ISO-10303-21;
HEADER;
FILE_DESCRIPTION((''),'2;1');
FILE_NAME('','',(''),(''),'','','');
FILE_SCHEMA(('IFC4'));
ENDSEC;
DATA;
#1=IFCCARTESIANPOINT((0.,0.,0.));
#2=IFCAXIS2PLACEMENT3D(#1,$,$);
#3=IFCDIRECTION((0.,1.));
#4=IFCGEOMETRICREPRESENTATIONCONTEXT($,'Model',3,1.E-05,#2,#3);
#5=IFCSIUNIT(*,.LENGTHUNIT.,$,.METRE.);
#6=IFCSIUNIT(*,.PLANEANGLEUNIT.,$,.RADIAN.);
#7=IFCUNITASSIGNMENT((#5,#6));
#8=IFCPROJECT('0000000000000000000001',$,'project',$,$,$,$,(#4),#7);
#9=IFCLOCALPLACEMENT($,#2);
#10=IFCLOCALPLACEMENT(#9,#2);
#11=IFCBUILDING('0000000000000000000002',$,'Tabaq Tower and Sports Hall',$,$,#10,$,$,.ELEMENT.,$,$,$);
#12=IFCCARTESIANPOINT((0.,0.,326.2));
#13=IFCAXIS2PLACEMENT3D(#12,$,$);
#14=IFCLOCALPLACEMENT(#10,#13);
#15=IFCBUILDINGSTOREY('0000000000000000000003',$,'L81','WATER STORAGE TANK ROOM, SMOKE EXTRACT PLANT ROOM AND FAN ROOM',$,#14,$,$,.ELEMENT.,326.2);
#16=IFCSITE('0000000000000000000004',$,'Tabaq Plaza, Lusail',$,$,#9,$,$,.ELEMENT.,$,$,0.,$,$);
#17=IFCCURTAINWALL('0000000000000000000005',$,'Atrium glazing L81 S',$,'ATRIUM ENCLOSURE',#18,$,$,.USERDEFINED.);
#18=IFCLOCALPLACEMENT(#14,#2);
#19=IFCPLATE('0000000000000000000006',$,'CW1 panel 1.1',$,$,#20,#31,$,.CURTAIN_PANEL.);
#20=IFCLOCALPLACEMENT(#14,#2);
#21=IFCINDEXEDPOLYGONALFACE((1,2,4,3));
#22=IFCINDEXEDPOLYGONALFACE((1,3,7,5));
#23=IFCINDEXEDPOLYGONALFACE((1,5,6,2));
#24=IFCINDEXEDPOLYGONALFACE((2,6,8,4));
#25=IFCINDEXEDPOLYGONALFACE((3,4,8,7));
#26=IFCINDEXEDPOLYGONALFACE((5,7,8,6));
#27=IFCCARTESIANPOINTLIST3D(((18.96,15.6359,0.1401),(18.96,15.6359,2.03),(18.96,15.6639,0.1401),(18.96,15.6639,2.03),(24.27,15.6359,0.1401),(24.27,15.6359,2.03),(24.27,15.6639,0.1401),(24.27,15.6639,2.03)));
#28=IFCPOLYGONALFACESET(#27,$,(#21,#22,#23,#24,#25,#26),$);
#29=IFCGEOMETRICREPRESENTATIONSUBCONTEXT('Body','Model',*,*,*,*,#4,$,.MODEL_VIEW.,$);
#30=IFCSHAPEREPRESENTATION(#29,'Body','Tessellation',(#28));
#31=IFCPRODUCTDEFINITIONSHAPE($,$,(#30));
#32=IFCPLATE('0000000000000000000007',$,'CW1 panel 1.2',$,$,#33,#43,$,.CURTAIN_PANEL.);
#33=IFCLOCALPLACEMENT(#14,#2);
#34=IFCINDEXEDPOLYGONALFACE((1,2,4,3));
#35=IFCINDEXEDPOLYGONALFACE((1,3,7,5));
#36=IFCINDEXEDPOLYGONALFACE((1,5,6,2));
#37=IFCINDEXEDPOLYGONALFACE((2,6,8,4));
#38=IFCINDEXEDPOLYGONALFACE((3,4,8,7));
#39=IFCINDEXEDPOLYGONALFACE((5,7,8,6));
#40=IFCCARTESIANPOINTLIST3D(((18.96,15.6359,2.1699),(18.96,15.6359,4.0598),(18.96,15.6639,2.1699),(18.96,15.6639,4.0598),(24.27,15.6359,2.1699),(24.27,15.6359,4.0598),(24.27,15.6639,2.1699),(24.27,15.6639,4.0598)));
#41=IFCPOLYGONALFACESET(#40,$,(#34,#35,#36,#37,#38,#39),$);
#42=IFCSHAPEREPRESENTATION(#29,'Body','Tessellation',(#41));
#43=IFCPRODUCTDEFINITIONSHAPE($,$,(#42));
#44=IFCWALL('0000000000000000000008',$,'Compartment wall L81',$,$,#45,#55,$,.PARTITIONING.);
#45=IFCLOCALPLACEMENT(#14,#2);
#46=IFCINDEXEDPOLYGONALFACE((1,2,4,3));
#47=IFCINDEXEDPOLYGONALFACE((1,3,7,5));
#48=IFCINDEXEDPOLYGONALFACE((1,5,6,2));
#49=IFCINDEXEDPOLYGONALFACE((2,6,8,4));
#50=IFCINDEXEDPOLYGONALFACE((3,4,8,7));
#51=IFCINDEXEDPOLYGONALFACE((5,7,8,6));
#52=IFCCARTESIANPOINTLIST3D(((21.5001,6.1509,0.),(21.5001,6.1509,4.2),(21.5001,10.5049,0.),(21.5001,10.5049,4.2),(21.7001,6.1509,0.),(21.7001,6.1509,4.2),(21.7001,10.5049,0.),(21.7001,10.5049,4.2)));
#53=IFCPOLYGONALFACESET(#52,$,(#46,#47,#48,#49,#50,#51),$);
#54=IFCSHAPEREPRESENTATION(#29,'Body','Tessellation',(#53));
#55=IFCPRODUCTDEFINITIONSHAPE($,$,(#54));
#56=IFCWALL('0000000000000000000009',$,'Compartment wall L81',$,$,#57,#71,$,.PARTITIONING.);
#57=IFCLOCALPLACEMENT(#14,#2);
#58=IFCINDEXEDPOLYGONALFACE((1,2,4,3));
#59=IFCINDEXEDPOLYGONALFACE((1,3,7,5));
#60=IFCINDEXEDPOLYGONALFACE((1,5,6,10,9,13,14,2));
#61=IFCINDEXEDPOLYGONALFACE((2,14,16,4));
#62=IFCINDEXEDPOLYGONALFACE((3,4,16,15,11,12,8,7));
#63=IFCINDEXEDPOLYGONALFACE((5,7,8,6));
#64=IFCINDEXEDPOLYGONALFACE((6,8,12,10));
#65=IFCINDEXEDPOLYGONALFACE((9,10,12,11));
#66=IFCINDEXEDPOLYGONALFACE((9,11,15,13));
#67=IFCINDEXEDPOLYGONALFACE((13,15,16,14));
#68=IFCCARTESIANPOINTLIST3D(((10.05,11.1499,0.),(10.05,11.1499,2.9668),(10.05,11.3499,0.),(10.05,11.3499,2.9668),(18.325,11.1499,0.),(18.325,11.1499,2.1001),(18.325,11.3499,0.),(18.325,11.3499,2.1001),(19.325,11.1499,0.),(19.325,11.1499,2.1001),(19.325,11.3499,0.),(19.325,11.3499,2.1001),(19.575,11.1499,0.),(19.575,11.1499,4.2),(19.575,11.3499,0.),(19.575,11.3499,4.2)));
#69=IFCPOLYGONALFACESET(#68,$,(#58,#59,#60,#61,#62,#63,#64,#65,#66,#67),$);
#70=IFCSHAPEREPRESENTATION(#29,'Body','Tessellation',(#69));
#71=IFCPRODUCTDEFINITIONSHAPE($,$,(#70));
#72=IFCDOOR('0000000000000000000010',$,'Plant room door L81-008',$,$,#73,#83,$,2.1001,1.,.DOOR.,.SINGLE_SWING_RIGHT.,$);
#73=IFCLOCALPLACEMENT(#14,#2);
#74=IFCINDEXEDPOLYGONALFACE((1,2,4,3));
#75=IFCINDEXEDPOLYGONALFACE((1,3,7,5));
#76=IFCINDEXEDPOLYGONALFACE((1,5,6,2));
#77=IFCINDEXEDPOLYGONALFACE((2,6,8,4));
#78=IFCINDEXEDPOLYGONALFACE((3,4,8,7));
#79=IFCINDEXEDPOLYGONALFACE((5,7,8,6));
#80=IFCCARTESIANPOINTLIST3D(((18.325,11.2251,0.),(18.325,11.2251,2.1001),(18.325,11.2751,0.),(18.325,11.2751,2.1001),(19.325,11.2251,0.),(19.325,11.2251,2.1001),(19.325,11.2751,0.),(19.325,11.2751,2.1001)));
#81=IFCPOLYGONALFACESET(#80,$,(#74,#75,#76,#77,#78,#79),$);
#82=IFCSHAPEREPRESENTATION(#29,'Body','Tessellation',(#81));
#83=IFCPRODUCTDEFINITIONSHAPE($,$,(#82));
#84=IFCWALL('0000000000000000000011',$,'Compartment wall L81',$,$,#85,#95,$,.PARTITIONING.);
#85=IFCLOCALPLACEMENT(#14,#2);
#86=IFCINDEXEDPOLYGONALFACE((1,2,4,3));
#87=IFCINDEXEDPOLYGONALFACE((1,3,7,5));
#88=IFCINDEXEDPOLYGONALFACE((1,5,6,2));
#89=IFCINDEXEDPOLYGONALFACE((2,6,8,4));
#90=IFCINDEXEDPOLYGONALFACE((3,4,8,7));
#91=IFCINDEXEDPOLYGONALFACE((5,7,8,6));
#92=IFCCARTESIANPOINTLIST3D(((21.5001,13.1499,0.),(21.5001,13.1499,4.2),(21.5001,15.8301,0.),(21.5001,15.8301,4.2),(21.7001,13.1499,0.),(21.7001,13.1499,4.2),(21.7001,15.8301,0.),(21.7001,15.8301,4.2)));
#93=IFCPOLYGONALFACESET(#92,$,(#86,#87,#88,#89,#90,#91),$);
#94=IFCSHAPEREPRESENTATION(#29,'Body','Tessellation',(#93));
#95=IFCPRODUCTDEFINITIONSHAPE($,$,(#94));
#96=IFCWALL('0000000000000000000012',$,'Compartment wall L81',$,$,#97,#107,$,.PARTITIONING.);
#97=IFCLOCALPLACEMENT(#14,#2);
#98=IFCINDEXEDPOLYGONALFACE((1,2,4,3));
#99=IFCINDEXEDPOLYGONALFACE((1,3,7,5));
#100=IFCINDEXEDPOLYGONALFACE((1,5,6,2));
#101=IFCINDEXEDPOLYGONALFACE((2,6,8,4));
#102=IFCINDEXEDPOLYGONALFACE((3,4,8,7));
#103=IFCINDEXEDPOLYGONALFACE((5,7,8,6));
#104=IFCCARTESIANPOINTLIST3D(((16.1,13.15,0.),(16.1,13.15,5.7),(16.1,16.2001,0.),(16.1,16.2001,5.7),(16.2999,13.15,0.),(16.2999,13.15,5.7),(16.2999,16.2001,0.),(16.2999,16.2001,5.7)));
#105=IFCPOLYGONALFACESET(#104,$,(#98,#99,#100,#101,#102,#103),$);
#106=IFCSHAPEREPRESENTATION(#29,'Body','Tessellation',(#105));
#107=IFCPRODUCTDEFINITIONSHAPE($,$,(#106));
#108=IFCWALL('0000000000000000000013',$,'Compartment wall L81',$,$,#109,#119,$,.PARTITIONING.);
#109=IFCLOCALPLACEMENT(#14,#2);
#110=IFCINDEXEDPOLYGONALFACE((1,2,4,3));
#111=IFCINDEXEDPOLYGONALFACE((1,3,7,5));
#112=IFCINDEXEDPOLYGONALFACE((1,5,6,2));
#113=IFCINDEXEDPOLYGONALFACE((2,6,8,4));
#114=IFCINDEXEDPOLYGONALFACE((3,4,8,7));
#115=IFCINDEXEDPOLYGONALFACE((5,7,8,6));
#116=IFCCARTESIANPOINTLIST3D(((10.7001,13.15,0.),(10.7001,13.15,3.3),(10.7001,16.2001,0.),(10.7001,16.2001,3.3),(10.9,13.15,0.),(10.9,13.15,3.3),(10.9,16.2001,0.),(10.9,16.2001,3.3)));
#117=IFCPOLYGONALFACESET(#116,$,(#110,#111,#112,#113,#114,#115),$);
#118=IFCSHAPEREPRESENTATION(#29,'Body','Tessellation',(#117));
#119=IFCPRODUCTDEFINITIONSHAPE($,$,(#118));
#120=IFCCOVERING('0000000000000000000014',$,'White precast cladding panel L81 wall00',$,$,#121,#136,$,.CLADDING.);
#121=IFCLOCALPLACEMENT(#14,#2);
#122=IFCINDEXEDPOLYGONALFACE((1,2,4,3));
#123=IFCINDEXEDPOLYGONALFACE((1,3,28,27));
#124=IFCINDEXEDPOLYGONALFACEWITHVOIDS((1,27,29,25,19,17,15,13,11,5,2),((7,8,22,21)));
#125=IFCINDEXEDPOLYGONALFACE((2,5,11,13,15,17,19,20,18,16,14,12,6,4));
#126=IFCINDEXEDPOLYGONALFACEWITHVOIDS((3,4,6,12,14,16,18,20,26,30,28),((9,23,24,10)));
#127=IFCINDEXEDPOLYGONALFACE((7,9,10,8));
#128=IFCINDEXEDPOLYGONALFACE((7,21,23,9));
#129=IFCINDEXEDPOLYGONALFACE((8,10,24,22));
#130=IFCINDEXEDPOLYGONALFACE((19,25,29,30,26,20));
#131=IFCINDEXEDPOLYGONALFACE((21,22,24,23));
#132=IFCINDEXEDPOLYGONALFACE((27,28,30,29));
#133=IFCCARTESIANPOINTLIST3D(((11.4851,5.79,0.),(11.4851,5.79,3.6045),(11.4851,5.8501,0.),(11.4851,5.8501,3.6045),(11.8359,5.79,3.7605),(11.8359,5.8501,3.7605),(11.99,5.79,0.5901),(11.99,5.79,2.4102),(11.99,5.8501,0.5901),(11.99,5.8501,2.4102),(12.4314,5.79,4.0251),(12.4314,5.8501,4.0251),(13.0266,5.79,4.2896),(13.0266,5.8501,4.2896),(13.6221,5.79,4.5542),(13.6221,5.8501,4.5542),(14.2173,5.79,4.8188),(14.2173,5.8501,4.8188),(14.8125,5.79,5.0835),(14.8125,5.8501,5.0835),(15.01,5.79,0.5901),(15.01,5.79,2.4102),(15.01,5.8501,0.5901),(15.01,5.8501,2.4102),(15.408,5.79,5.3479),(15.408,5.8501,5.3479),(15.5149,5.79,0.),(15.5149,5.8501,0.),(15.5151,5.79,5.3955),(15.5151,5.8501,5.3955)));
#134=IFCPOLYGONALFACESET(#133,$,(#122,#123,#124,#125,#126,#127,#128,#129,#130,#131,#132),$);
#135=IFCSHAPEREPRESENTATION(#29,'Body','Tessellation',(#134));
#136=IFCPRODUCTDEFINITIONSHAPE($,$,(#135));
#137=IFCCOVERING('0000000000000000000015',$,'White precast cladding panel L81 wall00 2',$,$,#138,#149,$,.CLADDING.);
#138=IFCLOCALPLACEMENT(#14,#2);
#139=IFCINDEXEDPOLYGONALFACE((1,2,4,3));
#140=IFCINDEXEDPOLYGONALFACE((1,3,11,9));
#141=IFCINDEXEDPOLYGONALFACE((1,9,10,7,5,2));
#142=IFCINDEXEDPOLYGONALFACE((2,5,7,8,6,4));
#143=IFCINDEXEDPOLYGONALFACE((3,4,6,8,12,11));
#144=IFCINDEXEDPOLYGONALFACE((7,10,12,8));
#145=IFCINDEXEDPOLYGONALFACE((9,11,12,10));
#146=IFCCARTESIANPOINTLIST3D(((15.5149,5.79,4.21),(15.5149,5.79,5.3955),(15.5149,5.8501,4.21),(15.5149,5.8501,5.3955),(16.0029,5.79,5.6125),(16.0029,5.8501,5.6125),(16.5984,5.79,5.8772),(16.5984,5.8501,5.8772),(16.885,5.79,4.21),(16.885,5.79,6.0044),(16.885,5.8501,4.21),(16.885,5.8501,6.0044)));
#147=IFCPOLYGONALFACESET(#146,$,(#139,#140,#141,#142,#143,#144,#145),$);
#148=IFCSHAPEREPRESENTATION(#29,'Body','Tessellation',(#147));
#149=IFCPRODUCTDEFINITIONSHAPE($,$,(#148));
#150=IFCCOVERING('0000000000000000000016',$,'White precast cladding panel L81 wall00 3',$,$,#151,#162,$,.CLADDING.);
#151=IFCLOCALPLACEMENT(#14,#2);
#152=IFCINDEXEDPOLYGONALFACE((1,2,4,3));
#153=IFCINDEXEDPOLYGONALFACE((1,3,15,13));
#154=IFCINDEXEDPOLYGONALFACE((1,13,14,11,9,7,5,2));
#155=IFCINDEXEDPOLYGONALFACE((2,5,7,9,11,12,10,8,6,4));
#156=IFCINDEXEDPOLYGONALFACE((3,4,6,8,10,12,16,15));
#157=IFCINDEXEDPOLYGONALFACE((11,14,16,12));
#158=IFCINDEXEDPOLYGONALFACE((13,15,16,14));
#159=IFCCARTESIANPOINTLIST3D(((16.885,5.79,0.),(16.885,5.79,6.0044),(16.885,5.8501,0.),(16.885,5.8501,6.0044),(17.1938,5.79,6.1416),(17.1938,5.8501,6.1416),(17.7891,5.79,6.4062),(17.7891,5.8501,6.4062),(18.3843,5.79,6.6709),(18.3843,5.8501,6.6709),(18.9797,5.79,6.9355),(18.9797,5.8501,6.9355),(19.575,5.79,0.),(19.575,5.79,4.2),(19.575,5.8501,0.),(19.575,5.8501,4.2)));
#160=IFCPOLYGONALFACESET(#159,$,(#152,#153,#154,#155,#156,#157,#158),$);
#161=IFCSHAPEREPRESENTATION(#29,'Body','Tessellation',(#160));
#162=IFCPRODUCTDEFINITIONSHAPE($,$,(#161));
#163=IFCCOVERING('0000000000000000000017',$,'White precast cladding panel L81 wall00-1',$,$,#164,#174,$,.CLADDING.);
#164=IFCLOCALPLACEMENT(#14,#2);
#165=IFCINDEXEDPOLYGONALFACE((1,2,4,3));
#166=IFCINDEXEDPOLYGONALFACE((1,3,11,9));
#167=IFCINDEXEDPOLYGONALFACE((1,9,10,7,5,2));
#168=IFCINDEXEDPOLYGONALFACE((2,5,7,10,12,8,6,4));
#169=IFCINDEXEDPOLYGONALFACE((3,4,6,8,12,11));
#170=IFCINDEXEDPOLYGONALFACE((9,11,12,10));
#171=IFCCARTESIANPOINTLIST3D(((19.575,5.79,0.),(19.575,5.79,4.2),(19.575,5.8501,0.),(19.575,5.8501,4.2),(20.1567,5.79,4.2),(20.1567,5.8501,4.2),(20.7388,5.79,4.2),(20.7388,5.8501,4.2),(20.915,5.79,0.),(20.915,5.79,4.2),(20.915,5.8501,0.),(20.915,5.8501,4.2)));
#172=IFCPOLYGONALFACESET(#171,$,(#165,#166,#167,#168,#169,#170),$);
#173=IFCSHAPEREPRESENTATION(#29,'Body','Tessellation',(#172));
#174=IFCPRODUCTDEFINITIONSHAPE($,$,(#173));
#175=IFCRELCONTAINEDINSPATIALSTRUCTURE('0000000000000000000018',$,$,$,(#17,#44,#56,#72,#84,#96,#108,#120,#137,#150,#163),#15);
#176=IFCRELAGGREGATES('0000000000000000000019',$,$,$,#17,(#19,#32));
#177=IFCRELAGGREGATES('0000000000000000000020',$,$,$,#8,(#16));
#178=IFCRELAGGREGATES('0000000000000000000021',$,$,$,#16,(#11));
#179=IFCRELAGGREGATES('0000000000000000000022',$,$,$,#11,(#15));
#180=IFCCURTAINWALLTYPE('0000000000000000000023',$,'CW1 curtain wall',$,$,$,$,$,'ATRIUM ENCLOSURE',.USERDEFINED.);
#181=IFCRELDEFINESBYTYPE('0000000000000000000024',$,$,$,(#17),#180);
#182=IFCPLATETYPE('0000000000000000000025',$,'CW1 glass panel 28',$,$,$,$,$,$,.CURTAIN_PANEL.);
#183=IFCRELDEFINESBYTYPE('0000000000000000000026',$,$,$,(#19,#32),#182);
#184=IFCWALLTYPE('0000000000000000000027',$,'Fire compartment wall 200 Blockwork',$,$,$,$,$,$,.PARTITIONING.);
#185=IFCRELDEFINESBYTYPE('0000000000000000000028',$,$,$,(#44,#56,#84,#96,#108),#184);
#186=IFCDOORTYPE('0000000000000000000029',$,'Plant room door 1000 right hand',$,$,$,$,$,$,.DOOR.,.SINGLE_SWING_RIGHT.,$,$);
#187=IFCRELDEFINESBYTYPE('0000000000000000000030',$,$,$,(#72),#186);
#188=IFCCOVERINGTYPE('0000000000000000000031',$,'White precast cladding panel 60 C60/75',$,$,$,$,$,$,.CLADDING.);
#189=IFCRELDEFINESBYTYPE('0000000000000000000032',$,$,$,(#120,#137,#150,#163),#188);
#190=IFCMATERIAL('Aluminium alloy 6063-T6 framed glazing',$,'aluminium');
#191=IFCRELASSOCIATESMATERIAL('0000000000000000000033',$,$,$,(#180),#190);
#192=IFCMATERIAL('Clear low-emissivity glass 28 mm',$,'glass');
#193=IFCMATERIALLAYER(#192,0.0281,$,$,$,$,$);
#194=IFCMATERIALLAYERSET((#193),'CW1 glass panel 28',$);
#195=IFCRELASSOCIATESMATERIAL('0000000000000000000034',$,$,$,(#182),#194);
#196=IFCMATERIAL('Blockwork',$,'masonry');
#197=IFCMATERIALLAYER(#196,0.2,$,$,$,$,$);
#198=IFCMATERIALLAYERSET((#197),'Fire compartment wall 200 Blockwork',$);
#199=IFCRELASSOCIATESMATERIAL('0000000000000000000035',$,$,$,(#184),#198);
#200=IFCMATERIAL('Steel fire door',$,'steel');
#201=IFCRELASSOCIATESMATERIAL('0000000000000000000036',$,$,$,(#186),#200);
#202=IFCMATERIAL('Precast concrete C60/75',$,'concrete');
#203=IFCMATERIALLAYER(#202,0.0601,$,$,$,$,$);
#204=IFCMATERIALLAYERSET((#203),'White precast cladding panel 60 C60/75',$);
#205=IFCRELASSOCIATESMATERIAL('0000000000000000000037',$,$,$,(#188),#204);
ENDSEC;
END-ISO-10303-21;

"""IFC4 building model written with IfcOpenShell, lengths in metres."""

from ifc_helpers import new_model, si_unit, direction, frame, frame_2d, origin, origin_2d, place, context, subcontext, project, spatial, polyline, rectangle, outline, extrude, material, layer, layer_set, type_object, element, fill, aggregate, save


model = new_model("IFC4")

# Units and contexts
model_context = context("Model", 3, precision=1e-05, world=origin(), true_north=direction((0.0, 1.0)))
body_context = subcontext(model_context, "Body", "Model", "MODEL_VIEW")
ifc_project = project(units=[si_unit("LENGTHUNIT", "METRE"), si_unit("PLANEANGLEUNIT", "RADIAN")], contexts=[model_context])

# Site, building, storey
site_placement = place(None, origin())
site = spatial("IfcSite", under=ifc_project, at=site_placement, Name="Tabaq Plaza, Lusail", CompositionType="ELEMENT", RefElevation=0.0)
building_placement = place(site_placement, origin())
building = spatial("IfcBuilding", under=site, at=building_placement, Name="Tabaq Tower and Sports Hall", CompositionType="ELEMENT")
storey_placement = place(building_placement, frame((0.0, 0.0, 326.2)))
storey = spatial("IfcBuildingStorey", under=building, at=storey_placement, Name="L81", Description="WATER STORAGE TANK ROOM, SMOKE EXTRACT PLANT ROOM AND FAN ROOM", CompositionType="ELEMENT", Elevation=326.2)

# Curtain wall
ifc_material_1 = material(Name="Aluminium alloy 6063-T6 framed glazing", Category="aluminium")
curtain_wall_type_1 = type_object("IfcCurtainWallType", Name="CW1 curtain wall", ElementType="ATRIUM ENCLOSURE", PredefinedType="USERDEFINED", material=ifc_material_1)
curtain_wall_1_placement = place(storey_placement, origin())
curtain_wall_1 = element("IfcCurtainWall", 1, at=curtain_wall_1_placement, inside=storey, type_object=curtain_wall_type_1, Name="Atrium glazing L81 S", ObjectType="ATRIUM ENCLOSURE", PredefinedType="USERDEFINED")

# Plates
ifc_material_2 = material(Name="Clear low-emissivity glass 28 mm", Category="glass")
ifc_layer_1 = layer(ifc_material_2, 0.0281)
ifc_layer_set_1 = layer_set([ifc_layer_1], Name="CW1 glass panel 28")
plate_type = type_object("IfcPlateType", Name="CW1 glass panel 28", PredefinedType="CURTAIN_PANEL", material=ifc_layer_set_1)
plate_1_placement = place(storey_placement, frame((21.615, 15.6499, 0.1401), z_axis=(0.0, 0.0, 1.0), x_axis=(1.0, 0.0, 0.0)))
plate_1 = element("IfcPlate", 2, at=plate_1_placement, type_object=plate_type, Name="CW1 panel 1.1", PredefinedType="CURTAIN_PANEL", context=body_context, shape_type="SweptSolid", body=[
    extrude(rectangle(XDim=5.3101, YDim=0.0281, at=origin_2d()), origin(), (0.0, 0.0, 1.0), 1.8899),
])
plate_2_placement = place(storey_placement, frame((21.615, 15.6499, 2.1699), z_axis=(0.0, 0.0, 1.0), x_axis=(1.0, 0.0, 0.0)))
plate_2 = element("IfcPlate", 3, at=plate_2_placement, type_object=plate_type, Name="CW1 panel 1.2", PredefinedType="CURTAIN_PANEL", context=body_context, shape_type="SweptSolid", body=[
    extrude(rectangle(XDim=5.3101, YDim=0.0281, at=origin_2d()), origin(), (0.0, 0.0, 1.0), 1.8899),
])
aggregate(curtain_wall_1, [plate_1, plate_2])

# Wall
ifc_material_3 = material(Name="Blockwork", Category="masonry")
ifc_layer_2 = layer(ifc_material_3, 0.2)
ifc_layer_set_2 = layer_set([ifc_layer_2], Name="Fire compartment wall 200 Blockwork")
wall_type_1 = type_object("IfcWallType", Name="Fire compartment wall 200 Blockwork", PredefinedType="PARTITIONING", material=ifc_layer_set_2)
wall_1_placement = place(storey_placement, frame((21.6001, 10.5049, 0.0), z_axis=(0.0, 0.0, 1.0), x_axis=(0.0, -1.0, 0.0)))
element("IfcWall", 4, at=wall_1_placement, inside=storey, type_object=wall_type_1, Name="Compartment wall L81", PredefinedType="PARTITIONING", context=body_context, shape_type="SweptSolid", body=[
    extrude(rectangle(XDim=4.354, YDim=0.2, at=frame_2d((2.177, 0.0))), origin(), (0.0, 0.0, 1.0), 4.2),
])

# Wall, opening, door
wall_2_placement = place(storey_placement, frame((19.575, 11.25, 0.0), z_axis=(0.0, 0.0, 1.0), x_axis=(-1.0, 0.0, 0.0)))
wall_2 = element("IfcWall", 5, at=wall_2_placement, inside=storey, type_object=wall_type_1, Name="Compartment wall L81", PredefinedType="PARTITIONING", context=body_context, shape_type="SweptSolid", body=[
    extrude(outline(polyline([(0.0, 0.0), (9.5249, 0.0), (9.5249, 2.9668), (0.0, 4.2), (0.0, 0.0)])), frame((0.0, 0.1001, 0.0), z_axis=(0.0, -1.0, 0.0), x_axis=(1.0, 0.0, 0.0)), (0.0, 0.0, 1.0), 0.2),
])
opening_1_placement = place(wall_2_placement, frame((0.25, 0.0, 0.0)))
opening_1 = element("IfcOpeningElement", 6, at=opening_1_placement, cuts=wall_2, PredefinedType="OPENING", context=body_context, shape_type="SweptSolid", body=[
    extrude(rectangle(XDim=1.0, YDim=2.1001, at=frame_2d((0.5, 1.05))), frame((0.0, 0.1001, 0.0), z_axis=(0.0, -1.0, 0.0), x_axis=(1.0, 0.0, 0.0)), (0.0, 0.0, 1.0), 0.2),
])
ifc_material_4 = material(Name="Steel fire door", Category="steel")
door_type_1 = type_object("IfcDoorType", Name="Plant room door 1000 right hand", OperationType="SINGLE_SWING_RIGHT", PredefinedType="DOOR", material=ifc_material_4)
door_1_placement = place(opening_1_placement, origin())
door_1 = element("IfcDoor", 7, at=door_1_placement, inside=storey, type_object=door_type_1, Name="Plant room door L81-008", OperationType="SINGLE_SWING_RIGHT", OverallHeight=2.1001, OverallWidth=1.0, PredefinedType="DOOR", context=body_context, shape_type="SweptSolid", body=[
    extrude(rectangle(XDim=1.0, YDim=2.1001, at=frame_2d((0.5, 1.05))), frame((0.0, 0.0249, 0.0), z_axis=(0.0, -1.0, 0.0), x_axis=(1.0, 0.0, 0.0)), (0.0, 0.0, 1.0), 0.05),
])
fill(opening_1, door_1)

# Walls
wall_3_placement = place(storey_placement, frame((21.6001, 15.8301, 0.0), z_axis=(0.0, 0.0, 1.0), x_axis=(0.0, -1.0, 0.0)))
element("IfcWall", 8, at=wall_3_placement, inside=storey, type_object=wall_type_1, Name="Compartment wall L81", PredefinedType="PARTITIONING", context=body_context, shape_type="SweptSolid", body=[
    extrude(rectangle(XDim=2.6802, YDim=0.2, at=frame_2d((1.3401, 0.0))), origin(), (0.0, 0.0, 1.0), 4.2),
])
wall_4_placement = place(storey_placement, frame((16.2, 16.2, 0.0), z_axis=(0.0, 0.0, 1.0), x_axis=(0.0, -1.0, 0.0)))
element("IfcWall", 9, at=wall_4_placement, inside=storey, type_object=wall_type_1, Name="Compartment wall L81", PredefinedType="PARTITIONING", context=body_context, shape_type="SweptSolid", body=[
    extrude(rectangle(XDim=3.05, YDim=0.2, at=frame_2d((1.5249, 0.0))), origin(), (0.0, 0.0, 1.0), 5.7),
])
wall_5_placement = place(storey_placement, frame((10.8, 16.2, 0.0), z_axis=(0.0, 0.0, 1.0), x_axis=(0.0, -1.0, 0.0)))
element("IfcWall", 10, at=wall_5_placement, inside=storey, type_object=wall_type_1, Name="Compartment wall L81", PredefinedType="PARTITIONING", context=body_context, shape_type="SweptSolid", body=[
    extrude(rectangle(XDim=3.05, YDim=0.2, at=frame_2d((1.5249, 0.0))), origin(), (0.0, 0.0, 1.0), 3.3),
])

# Coverings
ifc_material_5 = material(Name="Precast concrete C60/75", Category="concrete")
ifc_layer_3 = layer(ifc_material_5, 0.0601)
ifc_layer_set_3 = layer_set([ifc_layer_3], Name="White precast cladding panel 60 C60/75")
covering_type = type_object("IfcCoveringType", Name="White precast cladding panel 60 C60/75", PredefinedType="CLADDING", material=ifc_layer_set_3)
covering_1_placement = place(storey_placement, frame((11.4851, 5.8201, 0.0), z_axis=(0.0, 0.0, 1.0), x_axis=(1.0, 0.0, 0.0)))
element("IfcCovering", 11, at=covering_1_placement, inside=storey, type_object=covering_type, Name="White precast cladding panel L81 wall00", PredefinedType="CLADDING", context=body_context, shape_type="SweptSolid", body=[
    extrude(outline(polyline([(0.0, 0.0), (4.0298, 0.0), (4.03, 5.3955), (3.9229, 5.3479), (3.3274, 5.0835), (2.7322, 4.8188), (2.137, 4.5542), (1.5415, 4.2896), (0.9463, 4.0251), (0.3508, 3.7605), (0.0, 3.6045), (0.0, 0.0)]), holes=[polyline([(0.5049, 0.5901), (0.5049, 2.4102), (3.5249, 2.4102), (3.5249, 0.5901), (0.5049, 0.5901)])]), frame((0.0, 0.03, 0.0), z_axis=(0.0, -1.0, 0.0), x_axis=(1.0, 0.0, 0.0)), (0.0, 0.0, 1.0), 0.0601),
])
covering_2_placement = place(storey_placement, frame((15.5149, 5.8201, 4.21), z_axis=(0.0, 0.0, 1.0), x_axis=(1.0, 0.0, 0.0)))
element("IfcCovering", 12, at=covering_2_placement, inside=storey, type_object=covering_type, Name="White precast cladding panel L81 wall00 2", PredefinedType="CLADDING", context=body_context, shape_type="SweptSolid", body=[
    extrude(outline(polyline([(0.0, 0.0), (1.3701, 0.0), (1.3701, 1.7944), (1.0835, 1.6672), (0.488, 1.4026), (0.0, 1.1855), (0.0, 0.0)])), frame((0.0, 0.03, 0.0), z_axis=(0.0, -1.0, 0.0), x_axis=(1.0, 0.0, 0.0)), (0.0, 0.0, 1.0), 0.0601),
])
covering_3_placement = place(storey_placement, frame((16.885, 5.8201, 0.0), z_axis=(0.0, 0.0, 1.0), x_axis=(1.0, 0.0, 0.0)))
element("IfcCovering", 13, at=covering_3_placement, inside=storey, type_object=covering_type, Name="White precast cladding panel L81 wall00 3", PredefinedType="CLADDING", context=body_context, shape_type="SweptSolid", body=[
    extrude(outline(polyline([(0.0, 0.0), (2.6899, 0.0), (2.6899, 4.2), (2.0947, 6.9355), (1.4993, 6.6709), (0.9041, 6.4062), (0.3088, 6.1416), (0.0, 6.0044), (0.0, 0.0)])), frame((0.0, 0.03, 0.0), z_axis=(0.0, -1.0, 0.0), x_axis=(1.0, 0.0, 0.0)), (0.0, 0.0, 1.0), 0.0601),
])
covering_4_placement = place(storey_placement, frame((19.575, 5.8201, 0.0), z_axis=(0.0, 0.0, 1.0), x_axis=(1.0, 0.0, 0.0)))
element("IfcCovering", 14, at=covering_4_placement, inside=storey, type_object=covering_type, Name="White precast cladding panel L81 wall00-1", PredefinedType="CLADDING", context=body_context, shape_type="SweptSolid", body=[
    extrude(outline(polyline([(0.0, 0.0), (1.3401, 0.0), (1.3401, 4.2), (1.1638, 4.2), (0.5818, 4.2), (0.0, 4.2), (0.0, 0.0)])), frame((0.0, 0.03, 0.0), z_axis=(0.0, -1.0, 0.0), x_axis=(1.0, 0.0, 0.0)), (0.0, 0.0, 1.0), 0.0601),
])

save(model, "model.ifc")
